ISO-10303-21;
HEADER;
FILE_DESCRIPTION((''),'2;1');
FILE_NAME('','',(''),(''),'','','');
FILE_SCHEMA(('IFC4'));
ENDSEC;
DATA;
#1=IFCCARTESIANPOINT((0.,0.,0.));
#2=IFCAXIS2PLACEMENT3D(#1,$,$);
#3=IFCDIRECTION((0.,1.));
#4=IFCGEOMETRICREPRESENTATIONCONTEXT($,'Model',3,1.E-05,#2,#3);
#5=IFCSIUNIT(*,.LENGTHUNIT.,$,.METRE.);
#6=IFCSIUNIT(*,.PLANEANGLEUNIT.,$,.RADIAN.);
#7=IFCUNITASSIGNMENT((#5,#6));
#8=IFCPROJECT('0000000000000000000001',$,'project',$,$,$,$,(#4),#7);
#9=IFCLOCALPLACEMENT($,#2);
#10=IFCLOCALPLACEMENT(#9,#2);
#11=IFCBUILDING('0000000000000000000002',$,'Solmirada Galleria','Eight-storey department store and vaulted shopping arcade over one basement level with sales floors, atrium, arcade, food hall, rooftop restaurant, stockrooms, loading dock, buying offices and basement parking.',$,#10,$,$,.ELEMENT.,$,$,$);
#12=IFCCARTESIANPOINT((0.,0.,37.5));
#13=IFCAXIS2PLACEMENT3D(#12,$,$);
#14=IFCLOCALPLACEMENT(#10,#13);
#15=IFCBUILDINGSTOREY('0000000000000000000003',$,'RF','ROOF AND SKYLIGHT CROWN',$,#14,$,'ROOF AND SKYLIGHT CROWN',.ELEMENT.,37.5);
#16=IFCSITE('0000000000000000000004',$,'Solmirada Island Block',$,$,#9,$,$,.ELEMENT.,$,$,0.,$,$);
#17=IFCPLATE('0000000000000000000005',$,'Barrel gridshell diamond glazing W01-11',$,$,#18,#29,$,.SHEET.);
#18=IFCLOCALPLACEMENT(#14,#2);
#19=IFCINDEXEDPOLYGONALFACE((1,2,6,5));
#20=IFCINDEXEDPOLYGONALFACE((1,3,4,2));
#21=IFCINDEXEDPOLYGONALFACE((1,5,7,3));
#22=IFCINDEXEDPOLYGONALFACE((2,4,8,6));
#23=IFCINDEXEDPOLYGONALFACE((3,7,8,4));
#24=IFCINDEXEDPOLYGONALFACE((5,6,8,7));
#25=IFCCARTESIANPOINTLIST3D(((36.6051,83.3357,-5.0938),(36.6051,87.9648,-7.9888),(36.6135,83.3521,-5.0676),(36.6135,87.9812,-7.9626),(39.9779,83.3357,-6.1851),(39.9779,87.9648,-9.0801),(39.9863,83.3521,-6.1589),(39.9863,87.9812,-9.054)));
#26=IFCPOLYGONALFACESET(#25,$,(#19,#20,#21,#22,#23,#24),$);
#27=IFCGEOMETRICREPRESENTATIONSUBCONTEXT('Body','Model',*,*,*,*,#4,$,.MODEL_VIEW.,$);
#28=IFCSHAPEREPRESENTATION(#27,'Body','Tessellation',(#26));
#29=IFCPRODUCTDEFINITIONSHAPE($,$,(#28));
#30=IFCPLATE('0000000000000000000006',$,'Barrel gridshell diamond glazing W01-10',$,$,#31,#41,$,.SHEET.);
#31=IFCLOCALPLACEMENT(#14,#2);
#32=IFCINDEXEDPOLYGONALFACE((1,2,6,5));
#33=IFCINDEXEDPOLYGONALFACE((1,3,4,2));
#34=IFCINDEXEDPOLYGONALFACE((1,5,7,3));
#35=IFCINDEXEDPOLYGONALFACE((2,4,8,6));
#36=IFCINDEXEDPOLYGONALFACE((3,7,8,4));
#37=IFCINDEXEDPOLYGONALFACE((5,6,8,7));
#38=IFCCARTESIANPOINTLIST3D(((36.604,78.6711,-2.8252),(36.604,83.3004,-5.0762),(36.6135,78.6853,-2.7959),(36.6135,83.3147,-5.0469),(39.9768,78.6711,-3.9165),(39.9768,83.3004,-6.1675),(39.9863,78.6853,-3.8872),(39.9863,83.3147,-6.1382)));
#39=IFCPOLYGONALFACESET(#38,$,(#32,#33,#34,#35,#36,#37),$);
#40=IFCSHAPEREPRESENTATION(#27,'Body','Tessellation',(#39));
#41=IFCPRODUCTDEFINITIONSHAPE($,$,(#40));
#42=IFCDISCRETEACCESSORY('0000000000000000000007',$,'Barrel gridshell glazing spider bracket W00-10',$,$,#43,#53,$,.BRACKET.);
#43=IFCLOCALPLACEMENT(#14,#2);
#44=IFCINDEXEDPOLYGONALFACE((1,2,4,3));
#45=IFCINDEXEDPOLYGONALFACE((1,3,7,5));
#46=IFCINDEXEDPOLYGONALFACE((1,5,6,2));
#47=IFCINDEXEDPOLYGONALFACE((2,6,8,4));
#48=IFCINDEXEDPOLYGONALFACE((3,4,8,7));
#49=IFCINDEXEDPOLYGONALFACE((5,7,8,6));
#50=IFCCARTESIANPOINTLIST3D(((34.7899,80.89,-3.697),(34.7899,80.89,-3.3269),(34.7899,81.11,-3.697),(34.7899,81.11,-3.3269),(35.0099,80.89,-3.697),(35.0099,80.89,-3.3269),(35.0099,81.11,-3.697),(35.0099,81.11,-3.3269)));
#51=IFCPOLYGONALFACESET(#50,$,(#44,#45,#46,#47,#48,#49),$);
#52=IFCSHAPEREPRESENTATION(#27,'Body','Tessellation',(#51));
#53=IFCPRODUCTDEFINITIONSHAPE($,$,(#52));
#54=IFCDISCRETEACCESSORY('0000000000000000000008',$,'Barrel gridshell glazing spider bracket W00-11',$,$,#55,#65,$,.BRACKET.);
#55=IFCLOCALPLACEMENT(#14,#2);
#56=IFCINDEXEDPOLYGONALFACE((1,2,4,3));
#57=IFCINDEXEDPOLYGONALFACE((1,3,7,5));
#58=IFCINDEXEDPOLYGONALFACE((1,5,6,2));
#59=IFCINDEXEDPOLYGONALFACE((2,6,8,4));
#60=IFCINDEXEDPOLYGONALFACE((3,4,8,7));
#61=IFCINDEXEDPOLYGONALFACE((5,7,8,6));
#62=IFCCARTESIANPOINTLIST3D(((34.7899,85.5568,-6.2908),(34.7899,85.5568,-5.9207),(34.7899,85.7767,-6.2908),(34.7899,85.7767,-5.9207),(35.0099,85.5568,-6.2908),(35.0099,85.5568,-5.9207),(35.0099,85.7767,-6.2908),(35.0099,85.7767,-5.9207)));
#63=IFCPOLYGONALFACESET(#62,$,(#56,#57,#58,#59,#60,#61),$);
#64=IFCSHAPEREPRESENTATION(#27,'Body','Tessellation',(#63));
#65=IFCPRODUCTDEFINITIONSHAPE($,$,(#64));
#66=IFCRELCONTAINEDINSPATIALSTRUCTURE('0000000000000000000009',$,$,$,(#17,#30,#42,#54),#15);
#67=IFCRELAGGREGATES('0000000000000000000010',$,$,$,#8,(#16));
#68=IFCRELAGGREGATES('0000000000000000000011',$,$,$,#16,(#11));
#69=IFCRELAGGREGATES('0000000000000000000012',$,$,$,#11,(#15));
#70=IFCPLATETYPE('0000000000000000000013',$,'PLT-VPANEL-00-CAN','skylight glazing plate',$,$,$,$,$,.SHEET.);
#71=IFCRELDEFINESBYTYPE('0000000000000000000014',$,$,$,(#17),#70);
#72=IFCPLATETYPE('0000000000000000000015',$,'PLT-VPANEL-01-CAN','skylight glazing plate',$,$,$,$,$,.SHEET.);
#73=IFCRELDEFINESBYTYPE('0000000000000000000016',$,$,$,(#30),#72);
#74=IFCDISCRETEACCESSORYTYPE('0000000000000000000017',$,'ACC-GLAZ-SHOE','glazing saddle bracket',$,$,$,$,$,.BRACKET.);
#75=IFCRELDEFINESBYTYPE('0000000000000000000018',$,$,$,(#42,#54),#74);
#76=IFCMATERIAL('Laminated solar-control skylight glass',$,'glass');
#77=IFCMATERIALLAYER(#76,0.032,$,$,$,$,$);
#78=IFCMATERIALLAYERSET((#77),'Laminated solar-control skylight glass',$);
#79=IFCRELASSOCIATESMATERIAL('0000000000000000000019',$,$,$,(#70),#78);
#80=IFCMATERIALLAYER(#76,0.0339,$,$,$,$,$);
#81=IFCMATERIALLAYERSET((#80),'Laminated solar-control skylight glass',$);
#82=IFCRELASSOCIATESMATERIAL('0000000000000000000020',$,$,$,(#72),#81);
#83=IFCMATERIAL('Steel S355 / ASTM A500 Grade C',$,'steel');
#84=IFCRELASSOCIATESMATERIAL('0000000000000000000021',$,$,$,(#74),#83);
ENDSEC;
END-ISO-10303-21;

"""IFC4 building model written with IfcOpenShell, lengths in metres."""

from ifc_helpers import new_model, si_unit, direction, frame, origin, origin_2d, place, context, subcontext, project, spatial, polyline, rectangle, outline, extrude, material, layer, layer_set, type_object, element, save


model = new_model("IFC4")

# Units and contexts
model_context = context("Model", 3, precision=1e-05, world=origin(), true_north=direction((0.0, 1.0)))
body_context = subcontext(model_context, "Body", "Model", "MODEL_VIEW")
ifc_project = project(units=[si_unit("LENGTHUNIT", "METRE"), si_unit("PLANEANGLEUNIT", "RADIAN")], contexts=[model_context])

# Site, building, storey
site_placement = place(None, origin())
site = spatial("IfcSite", under=ifc_project, at=site_placement, Name="Solmirada Island Block", CompositionType="ELEMENT", RefElevation=0.0)
building_placement = place(site_placement, origin())
building = spatial("IfcBuilding", under=site, at=building_placement, Name="Solmirada Galleria", Description="Eight-storey department store and vaulted shopping arcade over one basement level with sales floors, atrium, arcade, food hall, rooftop restaurant, stockrooms, loading dock, buying offices and basement parking.", CompositionType="ELEMENT")
storey_placement = place(building_placement, frame((0.0, 0.0, 37.5)))
storey = spatial("IfcBuildingStorey", under=building, at=storey_placement, Name="RF", Description="ROOF AND SKYLIGHT CROWN", LongName="ROOF AND SKYLIGHT CROWN", CompositionType="ELEMENT", Elevation=37.5)

# Shared definitions
ifc_material_1 = material(Name="Steel S355 / ASTM A500 Grade C", Category="steel")

# Plates
ifc_material_2 = material(Name="Laminated solar-control skylight glass", Category="glass")
ifc_layer_1 = layer(ifc_material_2, 0.032)
ifc_layer_set_1 = layer_set([ifc_layer_1], Name="Laminated solar-control skylight glass")
plate_type_1 = type_object("IfcPlateType", Name="PLT-VPANEL-00-CAN", Description="skylight glazing plate", PredefinedType="SHEET", material=ifc_layer_set_1)
plate_1_placement = place(storey_placement, frame((36.6135, 83.3521, -5.0676), z_axis=(0.264557, 0.511344, 0.817641), x_axis=(0.951436, 0.0, -0.307848)))
element("IfcPlate", 1, at=plate_1_placement, inside=storey, type_object=plate_type_1, Name="Barrel gridshell diamond glazing W01-11", PredefinedType="SHEET", context=body_context, shape_type="SweptSolid", body=[
    extrude(outline(polyline([(0.0, 0.0), (3.545, 0.0), (4.4362, 5.3866), (0.8912, 5.3866), (0.0, 0.0)])), origin(), (0.0, 0.0, -1.0), 0.032),
])
ifc_layer_2 = layer(ifc_material_2, 0.0339)
ifc_layer_set_2 = layer_set([ifc_layer_2], Name="Laminated solar-control skylight glass")
plate_type_2 = type_object("IfcPlateType", Name="PLT-VPANEL-01-CAN", Description="skylight glazing plate", PredefinedType="SHEET", material=ifc_layer_set_2)
plate_2_placement = place(storey_placement, frame((36.6135, 78.6853, -2.7959), z_axis=(0.279398, 0.419869, 0.863509), x_axis=(0.951436, 0.0, -0.307848)))
element("IfcPlate", 2, at=plate_2_placement, inside=storey, type_object=plate_type_2, Name="Barrel gridshell diamond glazing W01-10", PredefinedType="SHEET", context=body_context, shape_type="SweptSolid", body=[
    extrude(outline(polyline([(0.0, 0.0), (3.545, 0.0), (4.2379, 5.1008), (0.693, 5.1008), (0.0, 0.0)])), origin(), (0.0, 0.0, -1.0), 0.0339),
])

# Discrete accessories
discrete_accessory_type = type_object("IfcDiscreteAccessoryType", Name="ACC-GLAZ-SHOE", Description="glazing saddle bracket", PredefinedType="BRACKET", material=ifc_material_1)
for number, where, z_axis, x_axis, name in (
    (3, (34.8999, 81.0, -3.697), (0.0, 0.0, 1.0), (1.0, 0.0, 0.0), "Barrel gridshell glazing spider bracket W00-10"),
    (4, (34.8999, 85.6667, -6.2908), (0.0, 0.0, 1.0), (1.0, 0.0, 0.0), "Barrel gridshell glazing spider bracket W00-11"),
):
    element("IfcDiscreteAccessory", number, at=place(storey_placement, frame(where, z_axis=z_axis, x_axis=x_axis)), inside=storey, type_object=discrete_accessory_type, Name=name, PredefinedType="BRACKET", context=body_context, shape_type="SweptSolid", body=[
        extrude(rectangle(XDim=0.22, YDim=0.22, at=origin_2d()), origin(), (0.0, 0.0, 1.0), 0.3701),
    ])

save(model, "model.ifc")
